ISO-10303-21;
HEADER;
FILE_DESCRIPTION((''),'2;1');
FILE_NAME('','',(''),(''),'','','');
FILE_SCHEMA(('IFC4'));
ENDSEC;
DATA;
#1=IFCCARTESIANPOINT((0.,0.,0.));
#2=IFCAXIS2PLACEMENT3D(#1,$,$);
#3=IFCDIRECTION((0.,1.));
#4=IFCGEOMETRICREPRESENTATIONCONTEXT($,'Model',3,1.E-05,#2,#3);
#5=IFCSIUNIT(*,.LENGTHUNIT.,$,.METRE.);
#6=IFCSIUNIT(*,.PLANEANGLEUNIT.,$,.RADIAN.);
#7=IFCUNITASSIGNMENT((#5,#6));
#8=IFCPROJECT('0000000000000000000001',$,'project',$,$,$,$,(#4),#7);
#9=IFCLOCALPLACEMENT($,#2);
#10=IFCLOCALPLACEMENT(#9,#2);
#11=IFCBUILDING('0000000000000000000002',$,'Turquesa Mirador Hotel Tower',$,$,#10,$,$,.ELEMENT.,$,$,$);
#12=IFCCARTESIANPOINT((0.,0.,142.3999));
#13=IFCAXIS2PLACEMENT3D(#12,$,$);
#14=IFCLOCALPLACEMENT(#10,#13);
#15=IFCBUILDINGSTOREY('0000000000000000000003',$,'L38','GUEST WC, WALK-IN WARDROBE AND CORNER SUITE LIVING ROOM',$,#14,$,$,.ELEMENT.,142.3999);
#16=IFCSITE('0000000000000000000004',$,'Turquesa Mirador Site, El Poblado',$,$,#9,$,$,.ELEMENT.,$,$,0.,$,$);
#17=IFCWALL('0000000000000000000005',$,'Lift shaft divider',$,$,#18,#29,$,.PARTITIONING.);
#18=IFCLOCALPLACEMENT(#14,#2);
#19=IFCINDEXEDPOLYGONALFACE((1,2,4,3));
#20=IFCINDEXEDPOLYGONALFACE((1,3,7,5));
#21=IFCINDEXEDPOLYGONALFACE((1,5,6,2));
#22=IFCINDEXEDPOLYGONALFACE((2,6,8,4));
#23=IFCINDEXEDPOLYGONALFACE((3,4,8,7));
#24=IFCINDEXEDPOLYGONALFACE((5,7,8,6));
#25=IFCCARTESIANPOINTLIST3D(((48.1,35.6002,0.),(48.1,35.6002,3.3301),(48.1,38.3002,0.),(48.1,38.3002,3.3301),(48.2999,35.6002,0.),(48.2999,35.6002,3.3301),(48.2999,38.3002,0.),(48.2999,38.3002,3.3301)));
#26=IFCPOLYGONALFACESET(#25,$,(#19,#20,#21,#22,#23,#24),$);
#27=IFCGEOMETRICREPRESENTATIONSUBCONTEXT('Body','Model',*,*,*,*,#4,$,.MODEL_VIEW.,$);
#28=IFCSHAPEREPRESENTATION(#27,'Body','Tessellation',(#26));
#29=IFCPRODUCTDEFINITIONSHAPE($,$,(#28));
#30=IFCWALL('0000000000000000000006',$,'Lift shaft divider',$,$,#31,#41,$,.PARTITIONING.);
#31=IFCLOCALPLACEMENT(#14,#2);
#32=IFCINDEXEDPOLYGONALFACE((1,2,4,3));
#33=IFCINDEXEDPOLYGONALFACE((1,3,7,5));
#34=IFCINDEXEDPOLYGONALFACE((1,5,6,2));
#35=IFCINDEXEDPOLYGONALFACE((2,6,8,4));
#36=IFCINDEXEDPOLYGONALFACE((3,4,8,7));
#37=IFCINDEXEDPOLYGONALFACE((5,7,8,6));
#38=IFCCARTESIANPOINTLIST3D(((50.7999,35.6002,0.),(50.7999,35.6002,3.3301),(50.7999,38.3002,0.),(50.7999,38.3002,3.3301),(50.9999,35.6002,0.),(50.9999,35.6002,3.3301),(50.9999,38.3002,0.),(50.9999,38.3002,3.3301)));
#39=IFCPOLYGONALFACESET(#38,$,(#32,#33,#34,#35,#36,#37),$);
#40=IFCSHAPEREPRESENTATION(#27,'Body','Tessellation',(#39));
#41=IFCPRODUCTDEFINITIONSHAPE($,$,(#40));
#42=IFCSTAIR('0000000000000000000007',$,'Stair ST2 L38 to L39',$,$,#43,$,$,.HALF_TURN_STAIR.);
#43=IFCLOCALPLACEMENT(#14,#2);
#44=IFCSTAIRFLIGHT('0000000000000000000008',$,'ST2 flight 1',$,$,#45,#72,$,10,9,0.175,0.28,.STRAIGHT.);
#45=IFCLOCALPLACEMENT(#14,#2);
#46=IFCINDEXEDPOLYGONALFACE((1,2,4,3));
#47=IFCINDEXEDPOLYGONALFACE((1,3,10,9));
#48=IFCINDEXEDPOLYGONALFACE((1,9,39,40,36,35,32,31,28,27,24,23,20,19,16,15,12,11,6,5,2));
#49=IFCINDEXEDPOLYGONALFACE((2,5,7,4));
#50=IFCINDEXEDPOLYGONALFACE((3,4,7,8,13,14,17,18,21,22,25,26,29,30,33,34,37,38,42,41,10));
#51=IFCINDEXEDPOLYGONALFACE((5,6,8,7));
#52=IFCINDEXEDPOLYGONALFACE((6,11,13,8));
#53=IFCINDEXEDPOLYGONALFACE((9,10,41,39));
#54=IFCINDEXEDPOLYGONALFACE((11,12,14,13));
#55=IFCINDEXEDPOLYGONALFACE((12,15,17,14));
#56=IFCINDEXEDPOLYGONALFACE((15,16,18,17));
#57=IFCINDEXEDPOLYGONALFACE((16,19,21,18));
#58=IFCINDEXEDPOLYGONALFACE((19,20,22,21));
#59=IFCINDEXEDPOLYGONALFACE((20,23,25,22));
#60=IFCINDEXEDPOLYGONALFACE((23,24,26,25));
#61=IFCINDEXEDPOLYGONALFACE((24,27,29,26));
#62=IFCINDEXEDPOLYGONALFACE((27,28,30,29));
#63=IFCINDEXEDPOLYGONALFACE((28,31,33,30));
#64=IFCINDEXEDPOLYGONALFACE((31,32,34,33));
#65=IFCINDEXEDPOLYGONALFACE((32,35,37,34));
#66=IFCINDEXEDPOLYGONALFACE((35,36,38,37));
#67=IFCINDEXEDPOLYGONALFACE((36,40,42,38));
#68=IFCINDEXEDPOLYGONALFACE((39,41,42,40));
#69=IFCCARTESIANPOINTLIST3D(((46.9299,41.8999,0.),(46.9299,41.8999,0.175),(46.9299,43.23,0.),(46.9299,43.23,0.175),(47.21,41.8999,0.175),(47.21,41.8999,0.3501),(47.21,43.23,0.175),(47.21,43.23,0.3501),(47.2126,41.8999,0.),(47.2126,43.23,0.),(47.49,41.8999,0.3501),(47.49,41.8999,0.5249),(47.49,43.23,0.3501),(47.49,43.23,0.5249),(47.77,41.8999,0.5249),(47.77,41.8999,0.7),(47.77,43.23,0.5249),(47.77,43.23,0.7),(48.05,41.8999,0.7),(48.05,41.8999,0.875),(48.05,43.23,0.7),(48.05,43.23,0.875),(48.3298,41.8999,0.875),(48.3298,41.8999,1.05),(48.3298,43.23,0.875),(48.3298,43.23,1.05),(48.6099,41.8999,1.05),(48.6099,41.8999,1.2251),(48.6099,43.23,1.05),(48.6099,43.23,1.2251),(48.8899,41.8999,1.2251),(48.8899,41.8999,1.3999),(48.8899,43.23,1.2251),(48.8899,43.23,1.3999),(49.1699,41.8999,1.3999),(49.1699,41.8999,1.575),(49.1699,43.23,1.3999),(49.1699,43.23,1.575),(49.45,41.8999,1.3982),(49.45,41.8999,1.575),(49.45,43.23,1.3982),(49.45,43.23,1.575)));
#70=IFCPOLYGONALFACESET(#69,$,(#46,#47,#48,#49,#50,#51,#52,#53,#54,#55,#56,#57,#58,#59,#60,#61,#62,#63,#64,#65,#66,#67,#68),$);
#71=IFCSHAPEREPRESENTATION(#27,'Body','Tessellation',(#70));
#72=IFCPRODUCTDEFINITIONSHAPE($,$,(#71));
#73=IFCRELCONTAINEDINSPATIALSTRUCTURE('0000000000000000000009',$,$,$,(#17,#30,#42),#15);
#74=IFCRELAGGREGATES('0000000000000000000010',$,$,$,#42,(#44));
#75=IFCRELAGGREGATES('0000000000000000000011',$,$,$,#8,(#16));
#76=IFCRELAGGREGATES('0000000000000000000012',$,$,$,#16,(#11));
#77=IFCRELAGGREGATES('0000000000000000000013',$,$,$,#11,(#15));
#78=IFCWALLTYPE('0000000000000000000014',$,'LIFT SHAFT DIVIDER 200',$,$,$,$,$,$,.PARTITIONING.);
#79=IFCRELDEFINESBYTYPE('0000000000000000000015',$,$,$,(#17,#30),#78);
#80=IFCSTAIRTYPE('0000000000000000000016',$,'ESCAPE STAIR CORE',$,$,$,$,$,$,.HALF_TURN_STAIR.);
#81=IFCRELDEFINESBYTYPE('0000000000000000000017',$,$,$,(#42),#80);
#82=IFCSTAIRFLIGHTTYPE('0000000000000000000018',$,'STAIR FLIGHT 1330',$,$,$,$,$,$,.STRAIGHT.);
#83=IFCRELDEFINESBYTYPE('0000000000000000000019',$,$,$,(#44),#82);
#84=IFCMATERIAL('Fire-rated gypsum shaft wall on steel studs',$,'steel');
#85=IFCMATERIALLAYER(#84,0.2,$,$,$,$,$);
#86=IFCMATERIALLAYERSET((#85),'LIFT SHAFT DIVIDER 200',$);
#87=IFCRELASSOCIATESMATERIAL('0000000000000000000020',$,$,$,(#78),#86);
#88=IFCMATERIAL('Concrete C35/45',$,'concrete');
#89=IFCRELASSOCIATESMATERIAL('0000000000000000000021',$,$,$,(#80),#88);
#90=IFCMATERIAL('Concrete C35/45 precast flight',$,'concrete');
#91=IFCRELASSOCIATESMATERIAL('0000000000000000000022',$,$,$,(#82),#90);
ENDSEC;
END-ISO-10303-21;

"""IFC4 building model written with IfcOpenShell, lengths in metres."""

from ifc_helpers import new_model, si_unit, direction, frame, frame_2d, origin, place, context, subcontext, project, spatial, polyline, rectangle, outline, extrude, material, layer, layer_set, type_object, element, aggregate, save


model = new_model("IFC4")

# Units and contexts
model_context = context("Model", 3, precision=1e-05, world=origin(), true_north=direction((0.0, 1.0)))
body_context = subcontext(model_context, "Body", "Model", "MODEL_VIEW")
ifc_project = project(units=[si_unit("LENGTHUNIT", "METRE"), si_unit("PLANEANGLEUNIT", "RADIAN")], contexts=[model_context])

# Site, building, storey
site_placement = place(None, origin())
site = spatial("IfcSite", under=ifc_project, at=site_placement, Name="Turquesa Mirador Site, El Poblado", CompositionType="ELEMENT", RefElevation=0.0)
building_placement = place(site_placement, origin())
building = spatial("IfcBuilding", under=site, at=building_placement, Name="Turquesa Mirador Hotel Tower", CompositionType="ELEMENT")
storey_placement = place(building_placement, frame((0.0, 0.0, 142.3999)))
storey = spatial("IfcBuildingStorey", under=building, at=storey_placement, Name="L38", Description="GUEST WC, WALK-IN WARDROBE AND CORNER SUITE LIVING ROOM", CompositionType="ELEMENT", Elevation=142.3999)

# Walls
ifc_material_1 = material(Name="Fire-rated gypsum shaft wall on steel studs", Category="steel")
ifc_layer_1 = layer(ifc_material_1, 0.2)
ifc_layer_set_1 = layer_set([ifc_layer_1], Name="LIFT SHAFT DIVIDER 200")
wall_type_1 = type_object("IfcWallType", Name="LIFT SHAFT DIVIDER 200", PredefinedType="PARTITIONING", material=ifc_layer_set_1)
for number, where, z_axis, x_axis, name in (
    (1, (48.2, 35.6001, 0.0), (0.0, 0.0, 1.0), (0.0, 1.0, 0.0), "Lift shaft divider"),
    (2, (50.8999, 35.6001, 0.0), (0.0, 0.0, 1.0), (0.0, 1.0, 0.0), "Lift shaft divider"),
):
    element("IfcWall", number, at=place(storey_placement, frame(where, z_axis=z_axis, x_axis=x_axis)), inside=storey, type_object=wall_type_1, Name=name, PredefinedType="PARTITIONING", context=body_context, shape_type="SweptSolid", body=[
        extrude(rectangle(XDim=2.7, YDim=0.2, at=frame_2d((1.3501, 0.0))), origin(), (0.0, 0.0, 1.0), 3.3301),
    ])

# Stair, stair flight
ifc_material_2 = material(Name="Concrete C35/45", Category="concrete")
stair_type = type_object("IfcStairType", Name="ESCAPE STAIR CORE", PredefinedType="HALF_TURN_STAIR", material=ifc_material_2)
stair_placement = place(storey_placement, origin())
stair = element("IfcStair", 3, at=stair_placement, inside=storey, type_object=stair_type, Name="Stair ST2 L38 to L39", PredefinedType="HALF_TURN_STAIR")
ifc_material_3 = material(Name="Concrete C35/45 precast flight", Category="concrete")
stair_flight_type = type_object("IfcStairFlightType", Name="STAIR FLIGHT 1330", PredefinedType="STRAIGHT", material=ifc_material_3)
stair_flight_placement = place(storey_placement, frame((46.9299, 42.5649, 0.0), z_axis=(0.0, 0.0, 1.0), x_axis=(1.0, 0.0, 0.0)))
stair_flight = element("IfcStairFlight", 4, at=stair_flight_placement, type_object=stair_flight_type, Name="ST2 flight 1", NumberOfRisers=10, NumberOfTreads=9, PredefinedType="STRAIGHT", RiserHeight=0.175, TreadLength=0.28, context=body_context, shape_type="SweptSolid", body=[
    extrude(outline(polyline([(0.0, 0.0), (0.0, 0.175), (0.28, 0.175), (0.28, 0.3501), (0.5601, 0.3501), (0.5601, 0.5249), (0.8401, 0.5249), (0.8401, 0.7), (1.1201, 0.7), (1.1201, 0.875), (1.3999, 0.875), (1.3999, 1.05), (1.6799, 1.05), (1.6799, 1.2251), (1.96, 1.2251), (1.96, 1.3999), (2.24, 1.3999), (2.24, 1.575), (2.52, 1.575), (2.52, 1.75), (2.52, 1.3982), (0.2827, 0.0), (0.0, 0.0)])), frame((0.0, 0.665, 0.0), z_axis=(0.0, -1.0, 0.0), x_axis=(1.0, 0.0, 0.0)), (0.0, 0.0, 1.0), 1.3301),
])
aggregate(stair, [stair_flight])

save(model, "model.ifc")
